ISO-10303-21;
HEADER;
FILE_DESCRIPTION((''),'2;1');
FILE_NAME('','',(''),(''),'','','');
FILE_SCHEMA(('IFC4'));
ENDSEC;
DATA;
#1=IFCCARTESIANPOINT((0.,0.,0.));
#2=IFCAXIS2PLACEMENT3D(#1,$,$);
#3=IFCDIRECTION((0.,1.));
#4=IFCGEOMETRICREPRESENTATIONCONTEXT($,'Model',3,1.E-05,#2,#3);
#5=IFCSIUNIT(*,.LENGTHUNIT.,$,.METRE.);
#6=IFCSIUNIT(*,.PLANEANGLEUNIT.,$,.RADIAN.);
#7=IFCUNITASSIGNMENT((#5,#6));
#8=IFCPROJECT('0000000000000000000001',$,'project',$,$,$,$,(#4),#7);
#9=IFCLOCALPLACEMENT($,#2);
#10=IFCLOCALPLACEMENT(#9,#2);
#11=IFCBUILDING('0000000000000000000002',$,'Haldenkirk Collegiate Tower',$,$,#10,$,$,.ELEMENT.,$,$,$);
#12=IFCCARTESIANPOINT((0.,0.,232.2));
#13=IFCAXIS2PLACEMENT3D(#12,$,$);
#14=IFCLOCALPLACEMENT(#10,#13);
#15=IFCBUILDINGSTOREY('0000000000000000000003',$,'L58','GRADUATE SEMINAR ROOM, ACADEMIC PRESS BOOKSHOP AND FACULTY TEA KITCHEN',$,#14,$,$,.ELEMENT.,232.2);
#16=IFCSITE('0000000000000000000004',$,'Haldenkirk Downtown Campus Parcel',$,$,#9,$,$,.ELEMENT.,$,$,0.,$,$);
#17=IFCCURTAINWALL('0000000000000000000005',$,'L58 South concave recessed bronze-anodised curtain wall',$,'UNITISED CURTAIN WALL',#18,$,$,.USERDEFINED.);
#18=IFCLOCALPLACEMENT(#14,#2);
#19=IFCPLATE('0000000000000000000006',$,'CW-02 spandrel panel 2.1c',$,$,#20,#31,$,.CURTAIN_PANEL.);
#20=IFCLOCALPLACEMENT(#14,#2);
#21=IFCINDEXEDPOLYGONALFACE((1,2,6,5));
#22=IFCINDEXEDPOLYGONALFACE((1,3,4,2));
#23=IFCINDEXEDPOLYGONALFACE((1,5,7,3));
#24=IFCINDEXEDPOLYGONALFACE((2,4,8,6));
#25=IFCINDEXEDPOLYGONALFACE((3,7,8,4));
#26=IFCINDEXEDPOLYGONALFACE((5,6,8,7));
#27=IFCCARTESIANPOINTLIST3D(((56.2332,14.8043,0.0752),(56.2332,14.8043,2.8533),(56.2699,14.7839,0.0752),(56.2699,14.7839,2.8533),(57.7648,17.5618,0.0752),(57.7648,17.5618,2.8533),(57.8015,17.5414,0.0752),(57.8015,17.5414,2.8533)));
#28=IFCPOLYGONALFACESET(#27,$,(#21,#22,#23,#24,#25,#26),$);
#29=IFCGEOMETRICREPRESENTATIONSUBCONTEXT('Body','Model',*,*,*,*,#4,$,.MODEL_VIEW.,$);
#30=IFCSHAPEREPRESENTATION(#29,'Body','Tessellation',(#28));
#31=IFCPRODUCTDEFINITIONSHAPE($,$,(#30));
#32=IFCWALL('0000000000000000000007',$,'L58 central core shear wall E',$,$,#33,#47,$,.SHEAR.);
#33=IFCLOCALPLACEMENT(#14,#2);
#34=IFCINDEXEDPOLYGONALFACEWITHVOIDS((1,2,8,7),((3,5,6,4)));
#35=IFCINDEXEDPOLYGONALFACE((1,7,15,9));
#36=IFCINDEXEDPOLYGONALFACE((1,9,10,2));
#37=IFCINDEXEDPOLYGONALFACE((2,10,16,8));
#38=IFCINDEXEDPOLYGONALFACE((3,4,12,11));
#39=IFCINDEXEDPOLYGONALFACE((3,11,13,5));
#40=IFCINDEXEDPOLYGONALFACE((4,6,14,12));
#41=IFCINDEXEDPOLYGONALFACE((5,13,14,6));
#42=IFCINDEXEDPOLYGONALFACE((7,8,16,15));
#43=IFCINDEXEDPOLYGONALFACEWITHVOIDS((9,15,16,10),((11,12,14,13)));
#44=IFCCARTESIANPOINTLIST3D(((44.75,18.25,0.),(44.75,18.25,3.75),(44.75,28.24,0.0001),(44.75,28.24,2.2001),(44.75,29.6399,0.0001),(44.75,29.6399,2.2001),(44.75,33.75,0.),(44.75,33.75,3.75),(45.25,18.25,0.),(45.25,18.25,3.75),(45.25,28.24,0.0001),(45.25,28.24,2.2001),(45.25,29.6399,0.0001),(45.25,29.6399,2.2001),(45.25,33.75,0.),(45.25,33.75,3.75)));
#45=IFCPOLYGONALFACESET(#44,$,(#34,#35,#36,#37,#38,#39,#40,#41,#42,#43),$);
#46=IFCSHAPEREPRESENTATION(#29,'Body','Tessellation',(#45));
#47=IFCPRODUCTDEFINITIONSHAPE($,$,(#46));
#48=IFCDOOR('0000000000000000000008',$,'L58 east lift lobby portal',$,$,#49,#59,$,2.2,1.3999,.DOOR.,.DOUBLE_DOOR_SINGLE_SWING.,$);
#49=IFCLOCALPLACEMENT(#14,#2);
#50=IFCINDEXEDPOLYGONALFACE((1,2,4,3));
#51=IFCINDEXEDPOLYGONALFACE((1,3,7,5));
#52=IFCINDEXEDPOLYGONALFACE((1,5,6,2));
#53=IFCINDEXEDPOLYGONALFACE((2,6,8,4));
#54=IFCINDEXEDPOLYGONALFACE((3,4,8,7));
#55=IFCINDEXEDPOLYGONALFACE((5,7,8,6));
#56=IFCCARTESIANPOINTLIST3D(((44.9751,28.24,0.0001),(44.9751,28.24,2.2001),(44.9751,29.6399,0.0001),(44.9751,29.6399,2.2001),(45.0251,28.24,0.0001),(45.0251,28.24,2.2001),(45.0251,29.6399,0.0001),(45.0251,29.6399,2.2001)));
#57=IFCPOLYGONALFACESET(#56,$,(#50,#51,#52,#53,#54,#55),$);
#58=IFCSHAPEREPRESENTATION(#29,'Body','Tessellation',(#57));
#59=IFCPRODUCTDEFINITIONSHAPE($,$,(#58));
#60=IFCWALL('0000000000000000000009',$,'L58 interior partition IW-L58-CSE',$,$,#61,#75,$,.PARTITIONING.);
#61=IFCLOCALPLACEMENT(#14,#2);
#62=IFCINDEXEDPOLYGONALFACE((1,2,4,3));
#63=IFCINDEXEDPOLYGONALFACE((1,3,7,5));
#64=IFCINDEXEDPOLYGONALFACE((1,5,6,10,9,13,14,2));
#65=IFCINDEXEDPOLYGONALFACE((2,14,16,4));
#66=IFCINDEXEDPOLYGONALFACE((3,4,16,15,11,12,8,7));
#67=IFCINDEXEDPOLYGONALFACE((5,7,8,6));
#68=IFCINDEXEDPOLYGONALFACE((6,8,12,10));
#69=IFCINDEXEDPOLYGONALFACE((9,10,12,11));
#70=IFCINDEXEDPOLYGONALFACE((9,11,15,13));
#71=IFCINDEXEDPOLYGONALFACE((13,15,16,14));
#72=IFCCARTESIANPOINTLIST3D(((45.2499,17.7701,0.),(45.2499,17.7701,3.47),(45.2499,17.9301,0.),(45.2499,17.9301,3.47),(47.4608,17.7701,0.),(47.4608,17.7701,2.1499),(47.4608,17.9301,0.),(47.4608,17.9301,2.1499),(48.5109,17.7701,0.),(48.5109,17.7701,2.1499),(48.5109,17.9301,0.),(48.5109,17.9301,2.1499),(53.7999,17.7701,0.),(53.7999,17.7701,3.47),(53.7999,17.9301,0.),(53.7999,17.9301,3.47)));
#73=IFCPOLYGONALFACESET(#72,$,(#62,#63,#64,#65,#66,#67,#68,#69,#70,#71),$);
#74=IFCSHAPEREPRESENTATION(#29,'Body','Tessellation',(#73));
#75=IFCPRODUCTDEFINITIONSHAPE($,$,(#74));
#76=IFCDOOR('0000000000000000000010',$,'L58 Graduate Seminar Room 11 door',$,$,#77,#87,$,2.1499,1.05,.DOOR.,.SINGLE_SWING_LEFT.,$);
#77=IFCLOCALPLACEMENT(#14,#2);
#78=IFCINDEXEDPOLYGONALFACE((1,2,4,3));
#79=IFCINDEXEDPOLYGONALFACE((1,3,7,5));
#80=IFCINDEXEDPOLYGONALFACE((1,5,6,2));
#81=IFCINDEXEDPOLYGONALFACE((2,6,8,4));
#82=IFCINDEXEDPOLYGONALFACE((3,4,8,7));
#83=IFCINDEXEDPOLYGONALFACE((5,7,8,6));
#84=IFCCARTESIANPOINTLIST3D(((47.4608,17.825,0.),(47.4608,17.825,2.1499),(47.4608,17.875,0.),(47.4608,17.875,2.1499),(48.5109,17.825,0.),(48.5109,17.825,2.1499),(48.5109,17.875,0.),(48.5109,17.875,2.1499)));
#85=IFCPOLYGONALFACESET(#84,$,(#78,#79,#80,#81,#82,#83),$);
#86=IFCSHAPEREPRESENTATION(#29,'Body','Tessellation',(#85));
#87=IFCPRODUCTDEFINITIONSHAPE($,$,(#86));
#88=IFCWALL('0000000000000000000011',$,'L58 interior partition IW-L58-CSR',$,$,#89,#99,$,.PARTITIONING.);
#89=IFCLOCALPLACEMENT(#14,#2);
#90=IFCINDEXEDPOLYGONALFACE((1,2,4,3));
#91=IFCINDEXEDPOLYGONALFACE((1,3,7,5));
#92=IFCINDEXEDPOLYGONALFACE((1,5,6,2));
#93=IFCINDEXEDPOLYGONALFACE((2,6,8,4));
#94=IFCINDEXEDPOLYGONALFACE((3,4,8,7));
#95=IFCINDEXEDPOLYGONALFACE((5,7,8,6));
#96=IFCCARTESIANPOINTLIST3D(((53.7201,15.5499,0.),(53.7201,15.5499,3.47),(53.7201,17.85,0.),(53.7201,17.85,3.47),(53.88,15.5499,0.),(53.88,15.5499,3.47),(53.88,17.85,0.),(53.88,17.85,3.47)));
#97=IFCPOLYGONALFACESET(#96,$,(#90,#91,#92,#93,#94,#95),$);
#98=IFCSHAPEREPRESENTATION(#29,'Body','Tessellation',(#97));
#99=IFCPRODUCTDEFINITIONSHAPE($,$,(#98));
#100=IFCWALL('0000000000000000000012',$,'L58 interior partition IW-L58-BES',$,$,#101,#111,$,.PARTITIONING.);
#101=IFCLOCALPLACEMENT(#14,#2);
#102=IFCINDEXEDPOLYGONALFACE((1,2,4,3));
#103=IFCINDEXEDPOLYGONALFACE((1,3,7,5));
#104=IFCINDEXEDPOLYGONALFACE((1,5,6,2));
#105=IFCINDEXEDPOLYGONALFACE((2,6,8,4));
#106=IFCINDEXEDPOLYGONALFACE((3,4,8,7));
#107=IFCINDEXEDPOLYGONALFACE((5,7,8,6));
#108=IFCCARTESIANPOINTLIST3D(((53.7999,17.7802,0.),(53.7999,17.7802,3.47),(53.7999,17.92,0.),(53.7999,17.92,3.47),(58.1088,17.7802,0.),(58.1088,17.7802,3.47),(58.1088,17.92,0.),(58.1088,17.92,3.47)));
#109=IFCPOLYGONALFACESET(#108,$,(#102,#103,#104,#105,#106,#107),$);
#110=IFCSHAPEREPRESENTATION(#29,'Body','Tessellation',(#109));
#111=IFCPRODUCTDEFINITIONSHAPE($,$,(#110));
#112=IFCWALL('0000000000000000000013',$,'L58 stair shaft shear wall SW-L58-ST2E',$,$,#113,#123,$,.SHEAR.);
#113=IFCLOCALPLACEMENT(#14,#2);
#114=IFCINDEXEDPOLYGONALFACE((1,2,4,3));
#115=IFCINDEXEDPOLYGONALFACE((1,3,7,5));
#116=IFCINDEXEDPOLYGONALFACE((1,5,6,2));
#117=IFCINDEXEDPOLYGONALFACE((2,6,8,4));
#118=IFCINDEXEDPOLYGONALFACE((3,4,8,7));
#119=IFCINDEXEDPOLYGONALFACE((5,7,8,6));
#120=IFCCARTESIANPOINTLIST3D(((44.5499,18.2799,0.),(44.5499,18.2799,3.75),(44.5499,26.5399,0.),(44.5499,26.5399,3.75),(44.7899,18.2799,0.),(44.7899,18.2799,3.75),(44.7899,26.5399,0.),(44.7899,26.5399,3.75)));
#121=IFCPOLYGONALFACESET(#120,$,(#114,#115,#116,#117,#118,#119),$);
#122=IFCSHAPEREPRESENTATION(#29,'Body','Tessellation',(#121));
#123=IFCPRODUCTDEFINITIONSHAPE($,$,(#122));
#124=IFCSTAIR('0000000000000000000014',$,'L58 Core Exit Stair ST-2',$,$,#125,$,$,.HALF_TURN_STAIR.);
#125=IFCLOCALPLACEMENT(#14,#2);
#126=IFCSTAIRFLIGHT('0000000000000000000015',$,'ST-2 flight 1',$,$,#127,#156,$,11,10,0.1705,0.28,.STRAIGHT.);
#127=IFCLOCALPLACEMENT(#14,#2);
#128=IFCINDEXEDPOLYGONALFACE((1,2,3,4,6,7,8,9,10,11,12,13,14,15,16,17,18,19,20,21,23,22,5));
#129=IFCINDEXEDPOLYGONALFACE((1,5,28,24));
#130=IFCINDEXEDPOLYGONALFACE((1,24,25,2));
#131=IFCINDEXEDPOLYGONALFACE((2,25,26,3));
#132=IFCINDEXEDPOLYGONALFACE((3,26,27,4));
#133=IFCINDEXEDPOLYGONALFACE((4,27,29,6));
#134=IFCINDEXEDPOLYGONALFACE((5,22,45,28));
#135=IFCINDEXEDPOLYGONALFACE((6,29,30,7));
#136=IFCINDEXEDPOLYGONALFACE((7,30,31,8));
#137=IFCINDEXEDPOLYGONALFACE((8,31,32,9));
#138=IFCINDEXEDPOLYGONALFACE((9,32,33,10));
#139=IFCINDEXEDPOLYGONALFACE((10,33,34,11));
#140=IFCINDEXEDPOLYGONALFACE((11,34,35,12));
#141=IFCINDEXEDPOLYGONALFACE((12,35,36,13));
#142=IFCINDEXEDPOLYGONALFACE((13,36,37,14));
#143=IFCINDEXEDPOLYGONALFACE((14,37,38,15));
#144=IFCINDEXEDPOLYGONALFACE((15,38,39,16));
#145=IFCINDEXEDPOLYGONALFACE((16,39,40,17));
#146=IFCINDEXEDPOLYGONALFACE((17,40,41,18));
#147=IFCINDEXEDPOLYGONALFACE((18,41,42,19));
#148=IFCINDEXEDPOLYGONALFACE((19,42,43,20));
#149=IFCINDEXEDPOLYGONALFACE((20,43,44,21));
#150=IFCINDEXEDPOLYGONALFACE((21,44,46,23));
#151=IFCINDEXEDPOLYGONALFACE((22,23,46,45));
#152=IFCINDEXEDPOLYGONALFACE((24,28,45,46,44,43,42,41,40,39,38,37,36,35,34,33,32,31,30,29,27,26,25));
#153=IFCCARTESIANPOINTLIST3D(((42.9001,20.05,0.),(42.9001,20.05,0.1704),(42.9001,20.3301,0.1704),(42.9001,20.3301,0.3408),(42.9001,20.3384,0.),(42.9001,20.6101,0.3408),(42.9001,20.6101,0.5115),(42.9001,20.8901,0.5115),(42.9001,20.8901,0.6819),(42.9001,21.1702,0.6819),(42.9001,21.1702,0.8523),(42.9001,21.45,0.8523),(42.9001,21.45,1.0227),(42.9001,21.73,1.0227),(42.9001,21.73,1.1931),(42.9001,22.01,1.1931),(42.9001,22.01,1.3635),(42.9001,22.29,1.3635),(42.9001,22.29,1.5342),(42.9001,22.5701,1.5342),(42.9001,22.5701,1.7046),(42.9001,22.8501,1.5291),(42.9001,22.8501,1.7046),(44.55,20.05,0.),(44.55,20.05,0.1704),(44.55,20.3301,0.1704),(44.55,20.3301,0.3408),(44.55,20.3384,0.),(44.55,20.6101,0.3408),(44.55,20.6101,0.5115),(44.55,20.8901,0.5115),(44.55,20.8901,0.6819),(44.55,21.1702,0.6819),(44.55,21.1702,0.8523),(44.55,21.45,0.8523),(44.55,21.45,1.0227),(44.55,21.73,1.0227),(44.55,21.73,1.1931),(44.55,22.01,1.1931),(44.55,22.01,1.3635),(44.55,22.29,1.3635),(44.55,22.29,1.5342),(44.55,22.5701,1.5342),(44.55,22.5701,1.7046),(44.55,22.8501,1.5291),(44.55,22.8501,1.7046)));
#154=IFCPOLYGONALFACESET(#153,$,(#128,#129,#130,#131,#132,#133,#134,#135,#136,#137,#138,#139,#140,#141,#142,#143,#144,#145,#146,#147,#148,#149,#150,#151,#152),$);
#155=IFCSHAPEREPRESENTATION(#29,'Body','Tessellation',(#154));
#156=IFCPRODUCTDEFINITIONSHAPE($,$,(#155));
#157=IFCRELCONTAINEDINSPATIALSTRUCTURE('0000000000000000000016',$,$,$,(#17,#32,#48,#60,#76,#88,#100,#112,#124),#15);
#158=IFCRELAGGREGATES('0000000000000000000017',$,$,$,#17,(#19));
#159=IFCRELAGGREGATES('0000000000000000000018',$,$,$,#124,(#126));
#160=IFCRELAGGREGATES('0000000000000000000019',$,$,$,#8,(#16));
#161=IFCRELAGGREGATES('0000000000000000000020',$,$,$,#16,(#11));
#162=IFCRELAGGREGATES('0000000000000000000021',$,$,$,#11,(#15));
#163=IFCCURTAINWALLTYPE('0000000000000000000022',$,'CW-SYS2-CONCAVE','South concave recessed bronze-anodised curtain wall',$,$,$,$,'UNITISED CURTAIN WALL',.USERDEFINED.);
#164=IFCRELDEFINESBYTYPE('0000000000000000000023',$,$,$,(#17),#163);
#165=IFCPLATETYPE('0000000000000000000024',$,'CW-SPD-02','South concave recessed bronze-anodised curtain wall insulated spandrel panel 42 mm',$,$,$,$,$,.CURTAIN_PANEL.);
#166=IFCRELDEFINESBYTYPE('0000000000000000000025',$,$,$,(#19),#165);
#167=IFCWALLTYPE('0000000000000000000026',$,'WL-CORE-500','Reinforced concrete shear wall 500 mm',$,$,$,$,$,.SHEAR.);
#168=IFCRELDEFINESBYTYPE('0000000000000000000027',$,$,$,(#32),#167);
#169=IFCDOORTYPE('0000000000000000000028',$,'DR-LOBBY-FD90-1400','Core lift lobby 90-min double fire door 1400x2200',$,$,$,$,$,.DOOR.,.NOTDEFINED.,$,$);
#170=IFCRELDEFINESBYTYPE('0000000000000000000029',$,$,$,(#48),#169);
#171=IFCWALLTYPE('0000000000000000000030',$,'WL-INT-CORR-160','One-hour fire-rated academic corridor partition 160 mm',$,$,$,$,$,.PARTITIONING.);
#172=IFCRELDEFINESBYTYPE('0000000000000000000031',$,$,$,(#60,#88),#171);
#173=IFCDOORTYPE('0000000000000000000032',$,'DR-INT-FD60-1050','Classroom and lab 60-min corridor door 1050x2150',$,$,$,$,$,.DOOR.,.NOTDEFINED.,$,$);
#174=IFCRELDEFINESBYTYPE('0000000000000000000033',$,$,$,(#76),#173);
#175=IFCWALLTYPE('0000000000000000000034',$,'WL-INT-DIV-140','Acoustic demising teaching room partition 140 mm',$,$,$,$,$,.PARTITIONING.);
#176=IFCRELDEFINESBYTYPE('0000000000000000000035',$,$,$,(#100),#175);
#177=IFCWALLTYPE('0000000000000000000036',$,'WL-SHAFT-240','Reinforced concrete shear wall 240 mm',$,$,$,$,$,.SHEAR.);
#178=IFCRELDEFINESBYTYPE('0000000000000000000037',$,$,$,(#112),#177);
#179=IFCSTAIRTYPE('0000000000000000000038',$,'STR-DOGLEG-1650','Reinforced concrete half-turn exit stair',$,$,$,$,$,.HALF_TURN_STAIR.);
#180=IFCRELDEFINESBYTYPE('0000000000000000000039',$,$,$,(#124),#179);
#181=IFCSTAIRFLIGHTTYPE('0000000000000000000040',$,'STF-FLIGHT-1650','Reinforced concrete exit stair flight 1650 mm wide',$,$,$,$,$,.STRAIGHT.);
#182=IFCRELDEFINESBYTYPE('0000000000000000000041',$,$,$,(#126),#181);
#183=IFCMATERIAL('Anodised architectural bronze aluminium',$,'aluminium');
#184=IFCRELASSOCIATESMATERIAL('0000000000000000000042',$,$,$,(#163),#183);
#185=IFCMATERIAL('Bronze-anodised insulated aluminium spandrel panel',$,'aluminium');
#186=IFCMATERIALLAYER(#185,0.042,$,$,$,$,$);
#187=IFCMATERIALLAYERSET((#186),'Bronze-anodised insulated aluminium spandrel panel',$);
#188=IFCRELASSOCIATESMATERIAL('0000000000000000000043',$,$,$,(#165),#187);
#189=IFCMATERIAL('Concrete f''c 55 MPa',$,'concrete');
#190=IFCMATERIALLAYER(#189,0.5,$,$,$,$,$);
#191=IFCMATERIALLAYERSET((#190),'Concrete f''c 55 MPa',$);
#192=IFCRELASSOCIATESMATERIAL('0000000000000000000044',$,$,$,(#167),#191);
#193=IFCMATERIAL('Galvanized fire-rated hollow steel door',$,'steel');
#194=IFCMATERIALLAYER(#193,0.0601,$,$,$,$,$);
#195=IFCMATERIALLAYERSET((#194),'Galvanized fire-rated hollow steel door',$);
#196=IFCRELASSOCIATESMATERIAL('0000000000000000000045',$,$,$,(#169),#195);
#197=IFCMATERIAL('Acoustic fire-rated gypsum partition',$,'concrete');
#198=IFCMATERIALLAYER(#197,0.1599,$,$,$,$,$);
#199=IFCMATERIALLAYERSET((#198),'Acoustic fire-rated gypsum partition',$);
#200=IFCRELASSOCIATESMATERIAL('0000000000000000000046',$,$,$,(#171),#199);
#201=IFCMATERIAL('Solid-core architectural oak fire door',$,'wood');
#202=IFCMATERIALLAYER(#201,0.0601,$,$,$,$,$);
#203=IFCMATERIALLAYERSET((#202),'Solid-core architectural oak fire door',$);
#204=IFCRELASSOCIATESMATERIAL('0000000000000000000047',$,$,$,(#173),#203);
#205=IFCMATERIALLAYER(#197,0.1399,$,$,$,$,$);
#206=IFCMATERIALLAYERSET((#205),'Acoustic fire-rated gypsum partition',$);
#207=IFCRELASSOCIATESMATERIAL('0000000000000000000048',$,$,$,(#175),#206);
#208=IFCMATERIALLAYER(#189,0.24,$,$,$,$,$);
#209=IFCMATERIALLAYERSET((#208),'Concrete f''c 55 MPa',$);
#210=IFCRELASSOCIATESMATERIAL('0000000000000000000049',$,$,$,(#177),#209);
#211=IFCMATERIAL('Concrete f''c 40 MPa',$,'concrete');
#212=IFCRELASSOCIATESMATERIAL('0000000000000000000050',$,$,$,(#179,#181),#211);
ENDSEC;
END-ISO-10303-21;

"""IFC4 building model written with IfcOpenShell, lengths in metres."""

from ifc_helpers import new_model, si_unit, direction, frame, frame_2d, origin, origin_2d, place, context, subcontext, project, spatial, polyline, rectangle, outline, extrude, source, transform, mapped, material, layer, layer_set, type_object, element, fill, aggregate, save


model = new_model("IFC4")

# Units and contexts
model_context = context("Model", 3, precision=1e-05, world=origin(), true_north=direction((0.0, 1.0)))
body_context = subcontext(model_context, "Body", "Model", "MODEL_VIEW")
ifc_project = project(units=[si_unit("LENGTHUNIT", "METRE"), si_unit("PLANEANGLEUNIT", "RADIAN")], contexts=[model_context])

# Site, building, storey
site_placement = place(None, origin())
site = spatial("IfcSite", under=ifc_project, at=site_placement, Name="Haldenkirk Downtown Campus Parcel", CompositionType="ELEMENT", RefElevation=0.0)
building_placement = place(site_placement, origin())
building = spatial("IfcBuilding", under=site, at=building_placement, Name="Haldenkirk Collegiate Tower", CompositionType="ELEMENT")
storey_placement = place(building_placement, frame((0.0, 0.0, 232.2)))
storey = spatial("IfcBuildingStorey", under=building, at=storey_placement, Name="L58", Description="GRADUATE SEMINAR ROOM, ACADEMIC PRESS BOOKSHOP AND FACULTY TEA KITCHEN", CompositionType="ELEMENT", Elevation=232.2)

# Curtain wall, plate
ifc_material_1 = material(Name="Anodised architectural bronze aluminium", Category="aluminium")
curtain_wall_type = type_object("IfcCurtainWallType", Name="CW-SYS2-CONCAVE", Description="South concave recessed bronze-anodised curtain wall", ElementType="UNITISED CURTAIN WALL", PredefinedType="USERDEFINED", material=ifc_material_1)
curtain_wall_placement = place(storey_placement, origin())
curtain_wall = element("IfcCurtainWall", 1, at=curtain_wall_placement, inside=storey, type_object=curtain_wall_type, Name="L58 South concave recessed bronze-anodised curtain wall", ObjectType="UNITISED CURTAIN WALL", PredefinedType="USERDEFINED")
ifc_material_2 = material(Name="Bronze-anodised insulated aluminium spandrel panel", Category="aluminium")
ifc_layer_1 = layer(ifc_material_2, 0.042)
ifc_layer_set_1 = layer_set([ifc_layer_1], Name="Bronze-anodised insulated aluminium spandrel panel")
plate_type = type_object("IfcPlateType", Name="CW-SPD-02", Description="South concave recessed bronze-anodised curtain wall insulated spandrel panel 42 mm", PredefinedType="CURTAIN_PANEL", material=ifc_layer_set_1)
shared_shape_1 = source(origin(), body_context, "Body", "SweptSolid", [
    extrude(rectangle(XDim=3.1543, YDim=0.042, at=origin_2d()), origin(), (0.0, 0.0, 1.0), 2.7781),
])
plate_1_placement = place(storey_placement, frame((57.0173, 16.1729, 0.0752), z_axis=(0.0, 0.0, 1.0), x_axis=(-0.485574, -0.874195, 0.0)))
plate_1 = element("IfcPlate", 2, at=plate_1_placement, type_object=plate_type, Name="CW-02 spandrel panel 2.1c", PredefinedType="CURTAIN_PANEL", context=body_context, shape_type="MappedRepresentation", body=[
    mapped(shared_shape_1, transform((0.0, 0.0, 0.0), x_axis=(1.0, 0.0, 0.0), y_axis=(0.0, 1.0, 0.0), z_axis=(0.0, 0.0, 1.0), scale=1.0)),
])
aggregate(curtain_wall, [plate_1])

# Walls, openings, doors
ifc_material_3 = material(Name="Concrete f'c 55 MPa", Category="concrete")
ifc_layer_2 = layer(ifc_material_3, 0.5)
ifc_layer_set_2 = layer_set([ifc_layer_2], Name="Concrete f'c 55 MPa")
wall_type_1 = type_object("IfcWallType", Name="WL-CORE-500", Description="Reinforced concrete shear wall 500 mm", PredefinedType="SHEAR", material=ifc_layer_set_2)
wall_1_placement = place(storey_placement, frame((45.0, 18.25, 0.0), z_axis=(0.0, 0.0, 1.0), x_axis=(0.0, 1.0, 0.0)))
wall_1 = element("IfcWall", 3, at=wall_1_placement, inside=storey, type_object=wall_type_1, Name="L58 central core shear wall E", PredefinedType="SHEAR", context=body_context, shape_type="SweptSolid", body=[
    extrude(rectangle(XDim=15.5, YDim=0.5, at=frame_2d((7.75, 0.0))), origin(), (0.0, 0.0, 1.0), 3.75),
])
opening_1_placement = place(wall_1_placement, frame((9.99, 0.0, 0.0)))
opening_1 = element("IfcOpeningElement", 4, at=opening_1_placement, cuts=wall_1, PredefinedType="OPENING", context=body_context, shape_type="SweptSolid", body=[
    extrude(rectangle(XDim=1.3999, YDim=2.2, at=frame_2d((0.7, 1.1001))), frame((0.0, 0.26, 0.0), z_axis=(0.0, -1.0, 0.0), x_axis=(1.0, 0.0, 0.0)), (0.0, 0.0, 1.0), 0.52),
])
ifc_material_4 = material(Name="Galvanized fire-rated hollow steel door", Category="steel")
ifc_layer_3 = layer(ifc_material_4, 0.0601)
ifc_layer_set_3 = layer_set([ifc_layer_3], Name="Galvanized fire-rated hollow steel door")
door_type_1 = type_object("IfcDoorType", Name="DR-LOBBY-FD90-1400", Description="Core lift lobby 90-min double fire door 1400x2200", OperationType="NOTDEFINED", PredefinedType="DOOR", material=ifc_layer_set_3)
door_1_placement = place(opening_1_placement, origin())
door_1 = element("IfcDoor", 5, at=door_1_placement, inside=storey, type_object=door_type_1, Name="L58 east lift lobby portal", OperationType="DOUBLE_DOOR_SINGLE_SWING", OverallHeight=2.2, OverallWidth=1.3999, PredefinedType="DOOR", context=body_context, shape_type="SweptSolid", body=[
    extrude(rectangle(XDim=1.3999, YDim=2.2, at=frame_2d((0.7, 1.1001))), frame((0.0, 0.0249, 0.0), z_axis=(0.0, -1.0, 0.0), x_axis=(1.0, 0.0, 0.0)), (0.0, 0.0, 1.0), 0.05),
])
fill(opening_1, door_1)
ifc_material_5 = material(Name="Acoustic fire-rated gypsum partition", Category="concrete")
ifc_layer_4 = layer(ifc_material_5, 0.1599)
ifc_layer_set_4 = layer_set([ifc_layer_4], Name="Acoustic fire-rated gypsum partition")
wall_type_2 = type_object("IfcWallType", Name="WL-INT-CORR-160", Description="One-hour fire-rated academic corridor partition 160 mm", PredefinedType="PARTITIONING", material=ifc_layer_set_4)
wall_2_placement = place(storey_placement, frame((45.25, 17.8501, 0.0), z_axis=(0.0, 0.0, 1.0), x_axis=(1.0, 0.0, 0.0)))
wall_2 = element("IfcWall", 6, at=wall_2_placement, inside=storey, type_object=wall_type_2, Name="L58 interior partition IW-L58-CSE", PredefinedType="PARTITIONING", context=body_context, shape_type="SweptSolid", body=[
    extrude(rectangle(XDim=8.55, YDim=0.1599, at=frame_2d((4.2749, 0.0))), origin(), (0.0, 0.0, 1.0), 3.47),
])
opening_2_placement = place(wall_2_placement, frame((2.2109, 0.0, 0.0)))
opening_2 = element("IfcOpeningElement", 7, at=opening_2_placement, cuts=wall_2, PredefinedType="OPENING", context=body_context, shape_type="SweptSolid", body=[
    extrude(rectangle(XDim=1.05, YDim=2.1499, at=frame_2d((0.5249, 1.075))), frame((0.0, 0.0898, 0.0), z_axis=(0.0, -1.0, 0.0), x_axis=(1.0, 0.0, 0.0)), (0.0, 0.0, 1.0), 0.1799),
])
ifc_material_6 = material(Name="Solid-core architectural oak fire door", Category="wood")
ifc_layer_5 = layer(ifc_material_6, 0.0601)
ifc_layer_set_5 = layer_set([ifc_layer_5], Name="Solid-core architectural oak fire door")
door_type_2 = type_object("IfcDoorType", Name="DR-INT-FD60-1050", Description="Classroom and lab 60-min corridor door 1050x2150", OperationType="NOTDEFINED", PredefinedType="DOOR", material=ifc_layer_set_5)
door_2_placement = place(opening_2_placement, origin())
door_2 = element("IfcDoor", 8, at=door_2_placement, inside=storey, type_object=door_type_2, Name="L58 Graduate Seminar Room 11 door", OperationType="SINGLE_SWING_LEFT", OverallHeight=2.1499, OverallWidth=1.05, PredefinedType="DOOR", context=body_context, shape_type="SweptSolid", body=[
    extrude(rectangle(XDim=1.05, YDim=2.1499, at=frame_2d((0.5249, 1.075))), frame((0.0, 0.0249, 0.0), z_axis=(0.0, -1.0, 0.0), x_axis=(1.0, 0.0, 0.0)), (0.0, 0.0, 1.0), 0.05),
])
fill(opening_2, door_2)

# Walls
wall_3_placement = place(storey_placement, frame((53.8, 15.55, 0.0), z_axis=(0.0, 0.0, 1.0), x_axis=(0.0, 1.0, 0.0)))
element("IfcWall", 9, at=wall_3_placement, inside=storey, type_object=wall_type_2, Name="L58 interior partition IW-L58-CSR", PredefinedType="PARTITIONING", context=body_context, shape_type="SweptSolid", body=[
    extrude(rectangle(XDim=2.3, YDim=0.1599, at=frame_2d((1.1499, 0.0))), origin(), (0.0, 0.0, 1.0), 3.47),
])
ifc_layer_6 = layer(ifc_material_5, 0.1399)
ifc_layer_set_6 = layer_set([ifc_layer_6], Name="Acoustic fire-rated gypsum partition")
wall_type_3 = type_object("IfcWallType", Name="WL-INT-DIV-140", Description="Acoustic demising teaching room partition 140 mm", PredefinedType="PARTITIONING", material=ifc_layer_set_6)
wall_4_placement = place(storey_placement, frame((53.8, 17.8501, 0.0), z_axis=(0.0, 0.0, 1.0), x_axis=(1.0, 0.0, 0.0)))
element("IfcWall", 10, at=wall_4_placement, inside=storey, type_object=wall_type_3, Name="L58 interior partition IW-L58-BES", PredefinedType="PARTITIONING", context=body_context, shape_type="SweptSolid", body=[
    extrude(rectangle(XDim=4.3088, YDim=0.1399, at=frame_2d((2.1543, 0.0))), origin(), (0.0, 0.0, 1.0), 3.47),
])
ifc_layer_7 = layer(ifc_material_3, 0.24)
ifc_layer_set_7 = layer_set([ifc_layer_7], Name="Concrete f'c 55 MPa")
wall_type_4 = type_object("IfcWallType", Name="WL-SHAFT-240", Description="Reinforced concrete shear wall 240 mm", PredefinedType="SHEAR", material=ifc_layer_set_7)
wall_5_placement = place(storey_placement, frame((44.6699, 18.28, 0.0), z_axis=(0.0, 0.0, 1.0), x_axis=(0.0, 1.0, 0.0)))
element("IfcWall", 11, at=wall_5_placement, inside=storey, type_object=wall_type_4, Name="L58 stair shaft shear wall SW-L58-ST2E", PredefinedType="SHEAR", context=body_context, shape_type="SweptSolid", body=[
    extrude(rectangle(XDim=8.26, YDim=0.24, at=frame_2d((4.1299, 0.0))), origin(), (0.0, 0.0, 1.0), 3.75),
])

# Stair, stair flight
ifc_material_7 = material(Name="Concrete f'c 40 MPa", Category="concrete")
stair_type = type_object("IfcStairType", Name="STR-DOGLEG-1650", Description="Reinforced concrete half-turn exit stair", PredefinedType="HALF_TURN_STAIR", material=ifc_material_7)
stair_placement = place(storey_placement, origin())
stair = element("IfcStair", 12, at=stair_placement, inside=storey, type_object=stair_type, Name="L58 Core Exit Stair ST-2", PredefinedType="HALF_TURN_STAIR")
stair_flight_type = type_object("IfcStairFlightType", Name="STF-FLIGHT-1650", Description="Reinforced concrete exit stair flight 1650 mm wide", PredefinedType="STRAIGHT", material=ifc_material_7)
stair_flight_placement = place(storey_placement, frame((43.7251, 20.05, 0.0), z_axis=(0.0, 0.0, 1.0), x_axis=(0.0, 1.0, 0.0)))
stair_flight = element("IfcStairFlight", 13, at=stair_flight_placement, type_object=stair_flight_type, Name="ST-2 flight 1", NumberOfRisers=11, NumberOfTreads=10, PredefinedType="STRAIGHT", RiserHeight=0.1705, TreadLength=0.28, context=body_context, shape_type="SweptSolid", body=[
    extrude(outline(polyline([(0.0, 0.0), (0.0, 0.1704), (0.28, 0.1704), (0.28, 0.3408), (0.5601, 0.3408), (0.5601, 0.5115), (0.8401, 0.5115), (0.8401, 0.6819), (1.1201, 0.6819), (1.1201, 0.8523), (1.3999, 0.8523), (1.3999, 1.0227), (1.6799, 1.0227), (1.6799, 1.1931), (1.96, 1.1931), (1.96, 1.3635), (2.24, 1.3635), (2.24, 1.5342), (2.52, 1.5342), (2.52, 1.7046), (2.8, 1.7046), (2.8, 1.875), (2.8, 1.5291), (0.2883, 0.0), (0.0, 0.0)])), frame((0.0, 0.825, 0.0), z_axis=(0.0, -1.0, 0.0), x_axis=(1.0, 0.0, 0.0)), (0.0, 0.0, 1.0), 1.6499),
])
aggregate(stair, [stair_flight])

save(model, "model.ifc")
